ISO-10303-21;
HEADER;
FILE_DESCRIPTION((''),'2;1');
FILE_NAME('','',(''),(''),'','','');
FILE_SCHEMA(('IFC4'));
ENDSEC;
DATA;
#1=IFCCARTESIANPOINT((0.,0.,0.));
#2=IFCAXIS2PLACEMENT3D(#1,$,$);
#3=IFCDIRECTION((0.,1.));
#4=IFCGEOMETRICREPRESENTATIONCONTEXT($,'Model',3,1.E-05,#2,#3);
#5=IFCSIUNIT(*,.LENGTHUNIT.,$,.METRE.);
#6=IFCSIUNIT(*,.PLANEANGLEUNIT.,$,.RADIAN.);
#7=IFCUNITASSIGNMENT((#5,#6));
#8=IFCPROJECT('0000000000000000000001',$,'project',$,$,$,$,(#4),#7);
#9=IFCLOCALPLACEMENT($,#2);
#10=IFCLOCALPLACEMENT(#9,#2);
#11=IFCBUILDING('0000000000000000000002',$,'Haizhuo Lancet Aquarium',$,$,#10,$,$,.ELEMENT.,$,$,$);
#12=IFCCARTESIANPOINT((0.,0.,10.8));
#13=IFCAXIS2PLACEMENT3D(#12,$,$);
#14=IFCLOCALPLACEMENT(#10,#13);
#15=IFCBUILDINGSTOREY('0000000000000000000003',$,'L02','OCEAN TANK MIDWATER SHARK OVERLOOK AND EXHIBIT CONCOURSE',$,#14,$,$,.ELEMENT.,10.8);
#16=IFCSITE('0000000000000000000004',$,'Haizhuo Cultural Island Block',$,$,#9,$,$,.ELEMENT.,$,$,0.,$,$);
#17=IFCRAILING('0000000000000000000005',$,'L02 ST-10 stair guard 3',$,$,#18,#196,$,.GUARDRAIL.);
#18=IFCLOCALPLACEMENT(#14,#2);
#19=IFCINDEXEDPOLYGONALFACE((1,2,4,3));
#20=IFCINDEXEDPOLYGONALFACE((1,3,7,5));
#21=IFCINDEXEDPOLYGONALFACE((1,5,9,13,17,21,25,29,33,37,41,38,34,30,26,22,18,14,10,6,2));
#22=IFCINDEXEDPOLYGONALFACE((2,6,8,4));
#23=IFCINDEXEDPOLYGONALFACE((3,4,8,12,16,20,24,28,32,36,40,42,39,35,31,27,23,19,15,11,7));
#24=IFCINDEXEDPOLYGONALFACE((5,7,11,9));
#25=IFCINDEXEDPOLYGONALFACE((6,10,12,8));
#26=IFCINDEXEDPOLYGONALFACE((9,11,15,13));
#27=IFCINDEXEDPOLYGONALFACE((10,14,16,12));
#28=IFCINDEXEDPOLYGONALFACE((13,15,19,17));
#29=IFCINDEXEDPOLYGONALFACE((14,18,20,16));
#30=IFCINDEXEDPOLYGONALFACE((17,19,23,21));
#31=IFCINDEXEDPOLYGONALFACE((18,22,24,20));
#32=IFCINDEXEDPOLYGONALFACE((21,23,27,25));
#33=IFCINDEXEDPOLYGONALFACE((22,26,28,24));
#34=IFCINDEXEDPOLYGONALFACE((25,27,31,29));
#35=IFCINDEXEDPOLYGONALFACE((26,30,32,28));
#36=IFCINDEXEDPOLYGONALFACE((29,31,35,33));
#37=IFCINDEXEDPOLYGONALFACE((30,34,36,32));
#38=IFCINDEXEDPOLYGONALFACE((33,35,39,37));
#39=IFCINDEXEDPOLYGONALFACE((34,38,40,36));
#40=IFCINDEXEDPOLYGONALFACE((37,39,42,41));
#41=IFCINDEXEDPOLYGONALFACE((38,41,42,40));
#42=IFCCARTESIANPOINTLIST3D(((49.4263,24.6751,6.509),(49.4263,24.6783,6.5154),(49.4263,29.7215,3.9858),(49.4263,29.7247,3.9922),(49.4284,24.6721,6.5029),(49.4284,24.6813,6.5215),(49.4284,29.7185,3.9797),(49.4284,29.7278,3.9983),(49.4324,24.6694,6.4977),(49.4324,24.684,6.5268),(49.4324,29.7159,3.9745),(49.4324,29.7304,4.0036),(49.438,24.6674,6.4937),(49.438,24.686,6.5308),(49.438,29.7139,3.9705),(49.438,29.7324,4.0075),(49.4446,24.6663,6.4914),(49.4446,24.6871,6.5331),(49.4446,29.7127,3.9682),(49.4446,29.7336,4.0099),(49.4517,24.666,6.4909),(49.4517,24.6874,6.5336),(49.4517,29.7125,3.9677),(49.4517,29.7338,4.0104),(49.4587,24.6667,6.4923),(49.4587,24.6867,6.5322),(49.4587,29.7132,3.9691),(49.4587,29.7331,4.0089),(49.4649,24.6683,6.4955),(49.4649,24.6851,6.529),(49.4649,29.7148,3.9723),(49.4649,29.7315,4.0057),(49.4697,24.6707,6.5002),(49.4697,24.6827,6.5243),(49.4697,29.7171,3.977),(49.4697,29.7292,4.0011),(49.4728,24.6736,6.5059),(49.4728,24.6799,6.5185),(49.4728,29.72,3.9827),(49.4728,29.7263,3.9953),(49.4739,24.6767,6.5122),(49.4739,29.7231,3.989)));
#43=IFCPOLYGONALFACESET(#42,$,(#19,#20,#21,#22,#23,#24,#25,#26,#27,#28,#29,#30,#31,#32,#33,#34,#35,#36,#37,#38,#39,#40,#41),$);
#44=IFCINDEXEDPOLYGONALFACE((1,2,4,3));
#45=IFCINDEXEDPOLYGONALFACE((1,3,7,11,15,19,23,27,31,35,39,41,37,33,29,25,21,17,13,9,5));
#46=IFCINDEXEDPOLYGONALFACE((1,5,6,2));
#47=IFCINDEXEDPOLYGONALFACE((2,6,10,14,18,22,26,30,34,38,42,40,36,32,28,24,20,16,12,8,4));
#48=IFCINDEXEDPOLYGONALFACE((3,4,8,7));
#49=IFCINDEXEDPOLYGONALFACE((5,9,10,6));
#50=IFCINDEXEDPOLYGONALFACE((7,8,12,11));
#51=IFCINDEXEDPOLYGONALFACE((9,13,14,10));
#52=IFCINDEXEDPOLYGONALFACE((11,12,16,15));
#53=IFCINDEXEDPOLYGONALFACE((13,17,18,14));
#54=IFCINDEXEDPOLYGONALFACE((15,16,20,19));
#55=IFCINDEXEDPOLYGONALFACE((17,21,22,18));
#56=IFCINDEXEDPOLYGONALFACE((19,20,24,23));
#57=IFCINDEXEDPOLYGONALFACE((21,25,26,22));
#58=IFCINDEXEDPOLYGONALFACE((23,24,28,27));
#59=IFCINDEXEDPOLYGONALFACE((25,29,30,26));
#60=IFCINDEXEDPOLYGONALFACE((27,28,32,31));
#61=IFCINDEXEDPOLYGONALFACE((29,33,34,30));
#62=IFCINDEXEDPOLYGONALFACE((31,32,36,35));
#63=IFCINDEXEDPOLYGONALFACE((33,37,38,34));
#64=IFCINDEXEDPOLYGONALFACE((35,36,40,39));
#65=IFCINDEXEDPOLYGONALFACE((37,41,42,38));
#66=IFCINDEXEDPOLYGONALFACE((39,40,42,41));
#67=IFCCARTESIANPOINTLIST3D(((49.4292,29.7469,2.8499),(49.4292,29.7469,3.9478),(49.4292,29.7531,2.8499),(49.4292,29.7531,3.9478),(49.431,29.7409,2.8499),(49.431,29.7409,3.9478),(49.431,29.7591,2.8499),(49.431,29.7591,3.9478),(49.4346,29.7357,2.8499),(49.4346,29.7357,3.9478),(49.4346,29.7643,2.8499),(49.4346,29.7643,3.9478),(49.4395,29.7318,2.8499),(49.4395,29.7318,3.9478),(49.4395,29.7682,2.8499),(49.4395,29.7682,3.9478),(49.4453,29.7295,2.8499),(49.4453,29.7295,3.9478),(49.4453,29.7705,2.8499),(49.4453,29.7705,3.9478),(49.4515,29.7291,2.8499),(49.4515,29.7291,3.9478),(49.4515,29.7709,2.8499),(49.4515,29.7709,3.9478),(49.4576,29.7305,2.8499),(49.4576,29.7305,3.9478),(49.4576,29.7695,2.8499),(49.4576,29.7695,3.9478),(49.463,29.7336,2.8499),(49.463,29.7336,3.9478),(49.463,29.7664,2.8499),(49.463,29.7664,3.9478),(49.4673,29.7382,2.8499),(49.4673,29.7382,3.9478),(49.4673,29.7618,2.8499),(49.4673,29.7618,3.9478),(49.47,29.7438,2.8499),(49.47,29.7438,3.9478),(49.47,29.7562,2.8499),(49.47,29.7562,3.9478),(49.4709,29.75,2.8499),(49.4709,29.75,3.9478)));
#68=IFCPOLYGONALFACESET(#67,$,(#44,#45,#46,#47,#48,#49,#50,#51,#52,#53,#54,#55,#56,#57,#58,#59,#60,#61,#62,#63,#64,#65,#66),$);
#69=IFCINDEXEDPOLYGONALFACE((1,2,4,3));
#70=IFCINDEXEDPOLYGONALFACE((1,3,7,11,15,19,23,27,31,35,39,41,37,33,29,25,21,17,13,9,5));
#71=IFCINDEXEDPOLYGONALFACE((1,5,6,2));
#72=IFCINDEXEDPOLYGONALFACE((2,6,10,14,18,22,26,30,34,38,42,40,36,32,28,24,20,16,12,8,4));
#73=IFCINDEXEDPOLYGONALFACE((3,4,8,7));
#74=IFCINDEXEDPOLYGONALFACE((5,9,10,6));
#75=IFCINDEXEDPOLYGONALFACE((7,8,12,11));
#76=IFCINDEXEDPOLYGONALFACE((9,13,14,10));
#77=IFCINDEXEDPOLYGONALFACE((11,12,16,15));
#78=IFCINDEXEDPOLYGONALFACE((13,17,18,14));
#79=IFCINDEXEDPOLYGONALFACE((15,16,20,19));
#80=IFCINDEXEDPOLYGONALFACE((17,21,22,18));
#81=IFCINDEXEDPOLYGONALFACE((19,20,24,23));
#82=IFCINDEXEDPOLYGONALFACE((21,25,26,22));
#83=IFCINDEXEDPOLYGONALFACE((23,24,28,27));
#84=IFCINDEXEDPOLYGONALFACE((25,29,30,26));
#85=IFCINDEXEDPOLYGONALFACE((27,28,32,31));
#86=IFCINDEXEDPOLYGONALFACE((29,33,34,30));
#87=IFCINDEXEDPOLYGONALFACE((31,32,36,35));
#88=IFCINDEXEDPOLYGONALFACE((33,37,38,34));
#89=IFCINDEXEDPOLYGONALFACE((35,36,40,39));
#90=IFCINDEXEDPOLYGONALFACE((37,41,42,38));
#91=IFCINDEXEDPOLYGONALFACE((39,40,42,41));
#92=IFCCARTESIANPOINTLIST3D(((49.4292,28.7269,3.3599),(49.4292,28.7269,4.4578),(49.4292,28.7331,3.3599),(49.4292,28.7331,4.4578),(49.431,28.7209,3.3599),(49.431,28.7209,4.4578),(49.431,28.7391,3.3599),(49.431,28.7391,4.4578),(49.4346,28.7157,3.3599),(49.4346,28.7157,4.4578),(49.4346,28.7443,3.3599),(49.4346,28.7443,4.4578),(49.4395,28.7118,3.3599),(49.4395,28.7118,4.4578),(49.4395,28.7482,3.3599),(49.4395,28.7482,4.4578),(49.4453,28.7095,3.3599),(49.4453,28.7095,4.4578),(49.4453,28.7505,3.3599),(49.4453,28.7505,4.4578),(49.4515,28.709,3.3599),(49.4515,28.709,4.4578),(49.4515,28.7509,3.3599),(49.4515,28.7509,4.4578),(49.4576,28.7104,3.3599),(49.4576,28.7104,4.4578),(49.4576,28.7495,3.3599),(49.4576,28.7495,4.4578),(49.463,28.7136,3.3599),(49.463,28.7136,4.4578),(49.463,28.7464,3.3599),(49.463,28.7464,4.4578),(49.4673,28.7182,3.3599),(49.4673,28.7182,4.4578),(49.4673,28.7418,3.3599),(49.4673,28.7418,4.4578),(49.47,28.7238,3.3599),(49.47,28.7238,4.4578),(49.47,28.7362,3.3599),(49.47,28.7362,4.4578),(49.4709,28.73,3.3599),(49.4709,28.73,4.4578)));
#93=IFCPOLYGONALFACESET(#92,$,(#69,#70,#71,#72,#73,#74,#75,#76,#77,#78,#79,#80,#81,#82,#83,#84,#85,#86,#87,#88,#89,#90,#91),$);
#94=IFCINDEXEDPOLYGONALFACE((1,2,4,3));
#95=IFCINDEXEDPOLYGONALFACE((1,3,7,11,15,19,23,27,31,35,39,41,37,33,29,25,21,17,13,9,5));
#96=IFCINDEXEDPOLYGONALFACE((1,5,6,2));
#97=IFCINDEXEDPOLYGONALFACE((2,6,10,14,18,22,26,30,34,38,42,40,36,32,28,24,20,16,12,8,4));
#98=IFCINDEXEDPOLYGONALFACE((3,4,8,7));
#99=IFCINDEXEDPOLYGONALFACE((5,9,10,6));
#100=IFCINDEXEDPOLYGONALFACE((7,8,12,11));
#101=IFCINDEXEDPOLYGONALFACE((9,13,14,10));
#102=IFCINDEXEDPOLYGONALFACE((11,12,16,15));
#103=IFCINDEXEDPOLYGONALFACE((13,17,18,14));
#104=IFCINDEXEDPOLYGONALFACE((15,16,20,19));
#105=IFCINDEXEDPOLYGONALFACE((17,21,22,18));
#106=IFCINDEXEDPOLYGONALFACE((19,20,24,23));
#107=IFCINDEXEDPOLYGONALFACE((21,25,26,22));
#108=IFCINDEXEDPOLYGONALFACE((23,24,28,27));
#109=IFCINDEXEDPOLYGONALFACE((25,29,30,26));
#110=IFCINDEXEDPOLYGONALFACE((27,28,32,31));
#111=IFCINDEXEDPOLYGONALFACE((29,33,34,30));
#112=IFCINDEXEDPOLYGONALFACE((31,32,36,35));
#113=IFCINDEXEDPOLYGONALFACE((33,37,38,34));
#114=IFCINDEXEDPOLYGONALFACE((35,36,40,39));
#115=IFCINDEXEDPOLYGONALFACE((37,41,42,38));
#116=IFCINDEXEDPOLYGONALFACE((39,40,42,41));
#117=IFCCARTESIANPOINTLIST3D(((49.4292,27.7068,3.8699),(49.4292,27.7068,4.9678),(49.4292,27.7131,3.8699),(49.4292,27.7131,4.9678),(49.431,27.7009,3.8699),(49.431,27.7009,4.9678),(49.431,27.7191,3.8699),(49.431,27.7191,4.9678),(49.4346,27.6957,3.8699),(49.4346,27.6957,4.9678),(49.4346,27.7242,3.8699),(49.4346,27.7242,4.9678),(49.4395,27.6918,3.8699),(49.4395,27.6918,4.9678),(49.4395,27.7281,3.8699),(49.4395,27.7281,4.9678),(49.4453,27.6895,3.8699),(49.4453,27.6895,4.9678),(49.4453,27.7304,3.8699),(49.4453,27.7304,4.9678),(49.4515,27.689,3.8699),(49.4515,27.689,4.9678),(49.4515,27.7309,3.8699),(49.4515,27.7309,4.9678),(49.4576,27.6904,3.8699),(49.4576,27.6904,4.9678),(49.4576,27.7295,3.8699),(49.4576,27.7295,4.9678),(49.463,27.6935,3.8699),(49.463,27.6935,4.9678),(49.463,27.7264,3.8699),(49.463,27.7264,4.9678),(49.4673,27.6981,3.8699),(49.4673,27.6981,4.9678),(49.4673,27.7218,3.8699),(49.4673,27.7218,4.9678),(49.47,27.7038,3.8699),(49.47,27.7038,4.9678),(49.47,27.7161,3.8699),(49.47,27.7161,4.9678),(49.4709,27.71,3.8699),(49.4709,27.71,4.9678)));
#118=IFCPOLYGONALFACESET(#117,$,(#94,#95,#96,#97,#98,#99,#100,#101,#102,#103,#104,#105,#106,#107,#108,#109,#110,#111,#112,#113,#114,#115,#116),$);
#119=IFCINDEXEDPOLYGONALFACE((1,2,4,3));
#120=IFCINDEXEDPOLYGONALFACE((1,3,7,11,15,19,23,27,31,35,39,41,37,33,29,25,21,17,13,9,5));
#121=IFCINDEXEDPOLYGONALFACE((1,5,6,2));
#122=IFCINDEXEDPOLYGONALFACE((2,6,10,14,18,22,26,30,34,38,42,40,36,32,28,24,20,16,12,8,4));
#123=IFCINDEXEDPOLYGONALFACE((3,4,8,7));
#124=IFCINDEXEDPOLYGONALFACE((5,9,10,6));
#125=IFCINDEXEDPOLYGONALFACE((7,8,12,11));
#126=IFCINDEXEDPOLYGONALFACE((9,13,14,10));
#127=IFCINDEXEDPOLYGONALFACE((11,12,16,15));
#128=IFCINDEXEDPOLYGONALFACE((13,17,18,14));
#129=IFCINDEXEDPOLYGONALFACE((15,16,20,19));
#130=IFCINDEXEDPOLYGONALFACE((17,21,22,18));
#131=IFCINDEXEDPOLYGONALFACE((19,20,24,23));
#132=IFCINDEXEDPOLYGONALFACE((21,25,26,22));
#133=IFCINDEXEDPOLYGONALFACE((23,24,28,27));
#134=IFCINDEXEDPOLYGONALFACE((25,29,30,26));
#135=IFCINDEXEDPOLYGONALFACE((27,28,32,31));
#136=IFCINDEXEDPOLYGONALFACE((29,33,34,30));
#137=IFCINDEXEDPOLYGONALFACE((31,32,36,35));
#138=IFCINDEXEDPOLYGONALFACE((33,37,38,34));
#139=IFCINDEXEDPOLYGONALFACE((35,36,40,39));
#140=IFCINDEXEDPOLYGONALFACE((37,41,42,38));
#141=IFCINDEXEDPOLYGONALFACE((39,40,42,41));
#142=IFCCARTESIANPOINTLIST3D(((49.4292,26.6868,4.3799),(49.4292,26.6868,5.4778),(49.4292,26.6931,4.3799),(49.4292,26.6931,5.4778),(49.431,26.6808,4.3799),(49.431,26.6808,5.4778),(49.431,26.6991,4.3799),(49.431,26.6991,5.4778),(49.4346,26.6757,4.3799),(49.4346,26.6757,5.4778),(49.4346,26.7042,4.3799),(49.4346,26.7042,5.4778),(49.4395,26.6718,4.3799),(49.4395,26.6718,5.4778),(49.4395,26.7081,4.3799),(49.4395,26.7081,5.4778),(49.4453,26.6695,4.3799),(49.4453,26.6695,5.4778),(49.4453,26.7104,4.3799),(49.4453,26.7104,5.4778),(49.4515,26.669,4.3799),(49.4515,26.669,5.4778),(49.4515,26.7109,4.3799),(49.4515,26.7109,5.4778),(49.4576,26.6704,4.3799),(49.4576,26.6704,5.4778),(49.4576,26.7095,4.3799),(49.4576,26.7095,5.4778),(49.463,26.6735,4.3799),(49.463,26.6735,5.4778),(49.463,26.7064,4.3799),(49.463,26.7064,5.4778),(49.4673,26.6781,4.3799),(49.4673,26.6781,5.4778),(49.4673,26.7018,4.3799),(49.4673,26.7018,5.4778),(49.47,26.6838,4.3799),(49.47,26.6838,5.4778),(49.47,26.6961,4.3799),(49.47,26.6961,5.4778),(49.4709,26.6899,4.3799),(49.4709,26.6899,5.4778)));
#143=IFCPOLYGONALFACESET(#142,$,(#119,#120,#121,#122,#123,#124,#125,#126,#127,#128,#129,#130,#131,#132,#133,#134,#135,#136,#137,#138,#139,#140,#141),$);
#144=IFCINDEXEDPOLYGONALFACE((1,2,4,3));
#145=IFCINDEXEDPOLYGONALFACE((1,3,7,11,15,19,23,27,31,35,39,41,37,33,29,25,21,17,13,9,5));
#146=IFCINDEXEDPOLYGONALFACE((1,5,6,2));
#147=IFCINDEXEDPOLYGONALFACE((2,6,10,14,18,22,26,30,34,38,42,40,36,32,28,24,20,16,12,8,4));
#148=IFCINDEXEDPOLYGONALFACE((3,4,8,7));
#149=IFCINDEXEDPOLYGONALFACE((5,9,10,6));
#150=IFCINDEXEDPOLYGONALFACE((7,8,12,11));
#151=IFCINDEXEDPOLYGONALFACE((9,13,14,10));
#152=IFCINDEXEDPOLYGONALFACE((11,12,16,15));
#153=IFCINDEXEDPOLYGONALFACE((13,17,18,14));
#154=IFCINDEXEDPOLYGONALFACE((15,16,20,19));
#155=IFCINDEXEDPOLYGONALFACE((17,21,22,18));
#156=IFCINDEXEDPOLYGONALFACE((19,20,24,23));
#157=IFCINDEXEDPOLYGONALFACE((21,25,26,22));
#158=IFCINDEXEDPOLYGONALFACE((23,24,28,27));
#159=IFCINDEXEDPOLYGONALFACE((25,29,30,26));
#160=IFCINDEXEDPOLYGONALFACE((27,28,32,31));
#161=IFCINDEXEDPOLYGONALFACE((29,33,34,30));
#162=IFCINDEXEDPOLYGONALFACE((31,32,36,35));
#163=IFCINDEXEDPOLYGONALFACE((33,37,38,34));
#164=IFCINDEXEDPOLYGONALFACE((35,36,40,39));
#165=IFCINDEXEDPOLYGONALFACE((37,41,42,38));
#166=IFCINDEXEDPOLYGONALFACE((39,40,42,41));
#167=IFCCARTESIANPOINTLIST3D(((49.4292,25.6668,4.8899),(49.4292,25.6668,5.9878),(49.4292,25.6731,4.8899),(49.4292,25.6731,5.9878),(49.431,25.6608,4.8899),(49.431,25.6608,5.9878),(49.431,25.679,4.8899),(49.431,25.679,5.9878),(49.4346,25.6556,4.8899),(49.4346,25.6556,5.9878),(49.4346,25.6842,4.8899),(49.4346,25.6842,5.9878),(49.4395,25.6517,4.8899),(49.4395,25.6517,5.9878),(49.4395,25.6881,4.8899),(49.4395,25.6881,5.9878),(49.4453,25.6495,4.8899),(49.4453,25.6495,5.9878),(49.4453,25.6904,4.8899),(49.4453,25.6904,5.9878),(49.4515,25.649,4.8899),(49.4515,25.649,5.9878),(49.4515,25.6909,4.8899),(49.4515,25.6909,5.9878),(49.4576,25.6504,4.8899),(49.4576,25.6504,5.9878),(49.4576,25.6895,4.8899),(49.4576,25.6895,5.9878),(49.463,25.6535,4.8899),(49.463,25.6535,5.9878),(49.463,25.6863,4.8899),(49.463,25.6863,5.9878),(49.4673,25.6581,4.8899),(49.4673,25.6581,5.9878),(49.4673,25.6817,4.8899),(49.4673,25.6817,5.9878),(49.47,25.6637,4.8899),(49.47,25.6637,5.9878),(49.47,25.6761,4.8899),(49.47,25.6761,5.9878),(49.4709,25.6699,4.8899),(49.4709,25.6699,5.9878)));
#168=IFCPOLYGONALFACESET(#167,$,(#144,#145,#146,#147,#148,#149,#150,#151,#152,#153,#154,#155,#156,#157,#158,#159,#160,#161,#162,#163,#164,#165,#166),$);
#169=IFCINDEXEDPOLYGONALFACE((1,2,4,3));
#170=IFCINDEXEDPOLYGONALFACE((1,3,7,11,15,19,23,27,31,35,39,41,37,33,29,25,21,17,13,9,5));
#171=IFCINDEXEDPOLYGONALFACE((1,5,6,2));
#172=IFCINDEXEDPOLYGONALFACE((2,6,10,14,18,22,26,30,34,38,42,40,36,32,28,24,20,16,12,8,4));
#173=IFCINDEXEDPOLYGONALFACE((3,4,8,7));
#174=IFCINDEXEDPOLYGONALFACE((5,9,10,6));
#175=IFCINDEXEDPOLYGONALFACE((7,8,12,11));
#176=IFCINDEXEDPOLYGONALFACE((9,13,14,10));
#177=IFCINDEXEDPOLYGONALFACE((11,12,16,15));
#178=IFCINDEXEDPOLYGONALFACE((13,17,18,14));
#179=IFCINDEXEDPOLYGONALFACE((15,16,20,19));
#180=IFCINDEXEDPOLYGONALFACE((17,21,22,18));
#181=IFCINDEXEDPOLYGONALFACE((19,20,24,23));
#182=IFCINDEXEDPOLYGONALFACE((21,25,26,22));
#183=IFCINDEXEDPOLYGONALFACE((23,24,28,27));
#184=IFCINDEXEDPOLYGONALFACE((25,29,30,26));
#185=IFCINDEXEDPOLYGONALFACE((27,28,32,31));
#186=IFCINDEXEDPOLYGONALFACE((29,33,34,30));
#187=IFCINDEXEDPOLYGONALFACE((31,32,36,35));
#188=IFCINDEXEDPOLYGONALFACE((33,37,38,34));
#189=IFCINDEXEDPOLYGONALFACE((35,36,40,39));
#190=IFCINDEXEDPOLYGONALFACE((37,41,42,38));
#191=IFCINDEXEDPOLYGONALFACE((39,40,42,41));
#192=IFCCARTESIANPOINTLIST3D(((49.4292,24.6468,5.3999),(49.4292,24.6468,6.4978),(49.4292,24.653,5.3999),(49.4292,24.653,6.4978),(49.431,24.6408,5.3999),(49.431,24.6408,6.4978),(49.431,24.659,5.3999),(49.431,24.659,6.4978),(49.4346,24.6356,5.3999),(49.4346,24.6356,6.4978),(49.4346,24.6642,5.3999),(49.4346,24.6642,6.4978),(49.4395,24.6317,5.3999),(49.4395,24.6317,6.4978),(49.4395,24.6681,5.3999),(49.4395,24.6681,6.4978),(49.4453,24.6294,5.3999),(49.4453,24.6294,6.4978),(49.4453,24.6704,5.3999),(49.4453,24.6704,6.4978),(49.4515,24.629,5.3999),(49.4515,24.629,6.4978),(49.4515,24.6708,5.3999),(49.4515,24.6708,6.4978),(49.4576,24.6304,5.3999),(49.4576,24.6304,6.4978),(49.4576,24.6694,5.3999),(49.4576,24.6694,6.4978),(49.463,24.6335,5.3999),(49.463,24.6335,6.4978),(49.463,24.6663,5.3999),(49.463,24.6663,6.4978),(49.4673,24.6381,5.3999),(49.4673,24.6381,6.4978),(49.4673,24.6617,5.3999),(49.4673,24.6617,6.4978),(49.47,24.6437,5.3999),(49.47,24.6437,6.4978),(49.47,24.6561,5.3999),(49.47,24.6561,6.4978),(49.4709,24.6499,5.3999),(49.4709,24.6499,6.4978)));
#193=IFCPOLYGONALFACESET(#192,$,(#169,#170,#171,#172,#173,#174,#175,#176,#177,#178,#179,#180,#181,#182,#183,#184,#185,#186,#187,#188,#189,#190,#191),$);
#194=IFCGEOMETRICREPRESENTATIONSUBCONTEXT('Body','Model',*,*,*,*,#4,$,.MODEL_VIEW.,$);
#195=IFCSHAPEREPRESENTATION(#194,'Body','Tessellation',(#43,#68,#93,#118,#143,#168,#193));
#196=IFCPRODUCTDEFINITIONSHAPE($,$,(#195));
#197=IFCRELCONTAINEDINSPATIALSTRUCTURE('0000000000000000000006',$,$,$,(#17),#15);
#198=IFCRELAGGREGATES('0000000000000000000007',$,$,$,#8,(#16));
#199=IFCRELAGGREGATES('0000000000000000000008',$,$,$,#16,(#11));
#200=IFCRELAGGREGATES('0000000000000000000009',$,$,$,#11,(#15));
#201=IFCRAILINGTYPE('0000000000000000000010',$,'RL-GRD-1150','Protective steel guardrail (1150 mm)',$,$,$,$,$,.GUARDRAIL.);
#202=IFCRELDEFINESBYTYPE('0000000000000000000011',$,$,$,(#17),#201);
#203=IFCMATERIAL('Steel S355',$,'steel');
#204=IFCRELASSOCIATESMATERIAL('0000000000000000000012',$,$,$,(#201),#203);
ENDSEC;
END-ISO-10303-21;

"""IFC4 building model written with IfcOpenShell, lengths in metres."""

from ifc_helpers import new_model, si_unit, direction, frame, origin, origin_2d, place, context, subcontext, project, spatial, circle, extrude, material, type_object, element, save


model = new_model("IFC4")

# Units and contexts
model_context = context("Model", 3, precision=1e-05, world=origin(), true_north=direction((0.0, 1.0)))
body_context = subcontext(model_context, "Body", "Model", "MODEL_VIEW")
ifc_project = project(units=[si_unit("LENGTHUNIT", "METRE"), si_unit("PLANEANGLEUNIT", "RADIAN")], contexts=[model_context])

# Site, building, storey
site_placement = place(None, origin())
site = spatial("IfcSite", under=ifc_project, at=site_placement, Name="Haizhuo Cultural Island Block", CompositionType="ELEMENT", RefElevation=0.0)
building_placement = place(site_placement, origin())
building = spatial("IfcBuilding", under=site, at=building_placement, Name="Haizhuo Lancet Aquarium", CompositionType="ELEMENT")
storey_placement = place(building_placement, frame((0.0, 0.0, 10.8)))
storey = spatial("IfcBuildingStorey", under=building, at=storey_placement, Name="L02", Description="OCEAN TANK MIDWATER SHARK OVERLOOK AND EXHIBIT CONCOURSE", CompositionType="ELEMENT", Elevation=10.8)

# Shared definitions
ifc_material_1 = material(Name="Steel S355", Category="steel")

# Railing
railing_type_1 = type_object("IfcRailingType", Name="RL-GRD-1150", Description="Protective steel guardrail (1150 mm)", PredefinedType="GUARDRAIL", material=ifc_material_1)
railing_1_placement = place(storey_placement, frame((49.45, 29.75, 2.8499)))
element("IfcRailing", 1, at=railing_1_placement, inside=storey, type_object=railing_type_1, Name="L02 ST-10 stair guard 3", PredefinedType="GUARDRAIL", context=body_context, shape_type="SweptSolid", body=[
    extrude(circle(Radius=0.0239, at=origin_2d()), frame((0.0, -0.0269, 1.1392), z_axis=(0.0, -0.894427, 0.447214), x_axis=(1.0, 0.0, 0.0)), (0.0, 0.0, 1.0), 5.6421),
    extrude(circle(Radius=0.021, at=origin_2d()), origin(), (0.0, 0.0, 1.0), 1.0979),
    extrude(circle(Radius=0.021, at=origin_2d()), frame((0.0, -1.02, 0.51)), (0.0, 0.0, 1.0), 1.0979),
    extrude(circle(Radius=0.021, at=origin_2d()), frame((0.0, -2.04, 1.02)), (0.0, 0.0, 1.0), 1.0979),
    extrude(circle(Radius=0.021, at=origin_2d()), frame((0.0, -3.0601, 1.53)), (0.0, 0.0, 1.0), 1.0979),
    extrude(circle(Radius=0.021, at=origin_2d()), frame((0.0, -4.0801, 2.04)), (0.0, 0.0, 1.0), 1.0979),
    extrude(circle(Radius=0.021, at=origin_2d()), frame((0.0, -5.1001, 2.55)), (0.0, 0.0, 1.0), 1.0979),
])

save(model, "model.ifc")
